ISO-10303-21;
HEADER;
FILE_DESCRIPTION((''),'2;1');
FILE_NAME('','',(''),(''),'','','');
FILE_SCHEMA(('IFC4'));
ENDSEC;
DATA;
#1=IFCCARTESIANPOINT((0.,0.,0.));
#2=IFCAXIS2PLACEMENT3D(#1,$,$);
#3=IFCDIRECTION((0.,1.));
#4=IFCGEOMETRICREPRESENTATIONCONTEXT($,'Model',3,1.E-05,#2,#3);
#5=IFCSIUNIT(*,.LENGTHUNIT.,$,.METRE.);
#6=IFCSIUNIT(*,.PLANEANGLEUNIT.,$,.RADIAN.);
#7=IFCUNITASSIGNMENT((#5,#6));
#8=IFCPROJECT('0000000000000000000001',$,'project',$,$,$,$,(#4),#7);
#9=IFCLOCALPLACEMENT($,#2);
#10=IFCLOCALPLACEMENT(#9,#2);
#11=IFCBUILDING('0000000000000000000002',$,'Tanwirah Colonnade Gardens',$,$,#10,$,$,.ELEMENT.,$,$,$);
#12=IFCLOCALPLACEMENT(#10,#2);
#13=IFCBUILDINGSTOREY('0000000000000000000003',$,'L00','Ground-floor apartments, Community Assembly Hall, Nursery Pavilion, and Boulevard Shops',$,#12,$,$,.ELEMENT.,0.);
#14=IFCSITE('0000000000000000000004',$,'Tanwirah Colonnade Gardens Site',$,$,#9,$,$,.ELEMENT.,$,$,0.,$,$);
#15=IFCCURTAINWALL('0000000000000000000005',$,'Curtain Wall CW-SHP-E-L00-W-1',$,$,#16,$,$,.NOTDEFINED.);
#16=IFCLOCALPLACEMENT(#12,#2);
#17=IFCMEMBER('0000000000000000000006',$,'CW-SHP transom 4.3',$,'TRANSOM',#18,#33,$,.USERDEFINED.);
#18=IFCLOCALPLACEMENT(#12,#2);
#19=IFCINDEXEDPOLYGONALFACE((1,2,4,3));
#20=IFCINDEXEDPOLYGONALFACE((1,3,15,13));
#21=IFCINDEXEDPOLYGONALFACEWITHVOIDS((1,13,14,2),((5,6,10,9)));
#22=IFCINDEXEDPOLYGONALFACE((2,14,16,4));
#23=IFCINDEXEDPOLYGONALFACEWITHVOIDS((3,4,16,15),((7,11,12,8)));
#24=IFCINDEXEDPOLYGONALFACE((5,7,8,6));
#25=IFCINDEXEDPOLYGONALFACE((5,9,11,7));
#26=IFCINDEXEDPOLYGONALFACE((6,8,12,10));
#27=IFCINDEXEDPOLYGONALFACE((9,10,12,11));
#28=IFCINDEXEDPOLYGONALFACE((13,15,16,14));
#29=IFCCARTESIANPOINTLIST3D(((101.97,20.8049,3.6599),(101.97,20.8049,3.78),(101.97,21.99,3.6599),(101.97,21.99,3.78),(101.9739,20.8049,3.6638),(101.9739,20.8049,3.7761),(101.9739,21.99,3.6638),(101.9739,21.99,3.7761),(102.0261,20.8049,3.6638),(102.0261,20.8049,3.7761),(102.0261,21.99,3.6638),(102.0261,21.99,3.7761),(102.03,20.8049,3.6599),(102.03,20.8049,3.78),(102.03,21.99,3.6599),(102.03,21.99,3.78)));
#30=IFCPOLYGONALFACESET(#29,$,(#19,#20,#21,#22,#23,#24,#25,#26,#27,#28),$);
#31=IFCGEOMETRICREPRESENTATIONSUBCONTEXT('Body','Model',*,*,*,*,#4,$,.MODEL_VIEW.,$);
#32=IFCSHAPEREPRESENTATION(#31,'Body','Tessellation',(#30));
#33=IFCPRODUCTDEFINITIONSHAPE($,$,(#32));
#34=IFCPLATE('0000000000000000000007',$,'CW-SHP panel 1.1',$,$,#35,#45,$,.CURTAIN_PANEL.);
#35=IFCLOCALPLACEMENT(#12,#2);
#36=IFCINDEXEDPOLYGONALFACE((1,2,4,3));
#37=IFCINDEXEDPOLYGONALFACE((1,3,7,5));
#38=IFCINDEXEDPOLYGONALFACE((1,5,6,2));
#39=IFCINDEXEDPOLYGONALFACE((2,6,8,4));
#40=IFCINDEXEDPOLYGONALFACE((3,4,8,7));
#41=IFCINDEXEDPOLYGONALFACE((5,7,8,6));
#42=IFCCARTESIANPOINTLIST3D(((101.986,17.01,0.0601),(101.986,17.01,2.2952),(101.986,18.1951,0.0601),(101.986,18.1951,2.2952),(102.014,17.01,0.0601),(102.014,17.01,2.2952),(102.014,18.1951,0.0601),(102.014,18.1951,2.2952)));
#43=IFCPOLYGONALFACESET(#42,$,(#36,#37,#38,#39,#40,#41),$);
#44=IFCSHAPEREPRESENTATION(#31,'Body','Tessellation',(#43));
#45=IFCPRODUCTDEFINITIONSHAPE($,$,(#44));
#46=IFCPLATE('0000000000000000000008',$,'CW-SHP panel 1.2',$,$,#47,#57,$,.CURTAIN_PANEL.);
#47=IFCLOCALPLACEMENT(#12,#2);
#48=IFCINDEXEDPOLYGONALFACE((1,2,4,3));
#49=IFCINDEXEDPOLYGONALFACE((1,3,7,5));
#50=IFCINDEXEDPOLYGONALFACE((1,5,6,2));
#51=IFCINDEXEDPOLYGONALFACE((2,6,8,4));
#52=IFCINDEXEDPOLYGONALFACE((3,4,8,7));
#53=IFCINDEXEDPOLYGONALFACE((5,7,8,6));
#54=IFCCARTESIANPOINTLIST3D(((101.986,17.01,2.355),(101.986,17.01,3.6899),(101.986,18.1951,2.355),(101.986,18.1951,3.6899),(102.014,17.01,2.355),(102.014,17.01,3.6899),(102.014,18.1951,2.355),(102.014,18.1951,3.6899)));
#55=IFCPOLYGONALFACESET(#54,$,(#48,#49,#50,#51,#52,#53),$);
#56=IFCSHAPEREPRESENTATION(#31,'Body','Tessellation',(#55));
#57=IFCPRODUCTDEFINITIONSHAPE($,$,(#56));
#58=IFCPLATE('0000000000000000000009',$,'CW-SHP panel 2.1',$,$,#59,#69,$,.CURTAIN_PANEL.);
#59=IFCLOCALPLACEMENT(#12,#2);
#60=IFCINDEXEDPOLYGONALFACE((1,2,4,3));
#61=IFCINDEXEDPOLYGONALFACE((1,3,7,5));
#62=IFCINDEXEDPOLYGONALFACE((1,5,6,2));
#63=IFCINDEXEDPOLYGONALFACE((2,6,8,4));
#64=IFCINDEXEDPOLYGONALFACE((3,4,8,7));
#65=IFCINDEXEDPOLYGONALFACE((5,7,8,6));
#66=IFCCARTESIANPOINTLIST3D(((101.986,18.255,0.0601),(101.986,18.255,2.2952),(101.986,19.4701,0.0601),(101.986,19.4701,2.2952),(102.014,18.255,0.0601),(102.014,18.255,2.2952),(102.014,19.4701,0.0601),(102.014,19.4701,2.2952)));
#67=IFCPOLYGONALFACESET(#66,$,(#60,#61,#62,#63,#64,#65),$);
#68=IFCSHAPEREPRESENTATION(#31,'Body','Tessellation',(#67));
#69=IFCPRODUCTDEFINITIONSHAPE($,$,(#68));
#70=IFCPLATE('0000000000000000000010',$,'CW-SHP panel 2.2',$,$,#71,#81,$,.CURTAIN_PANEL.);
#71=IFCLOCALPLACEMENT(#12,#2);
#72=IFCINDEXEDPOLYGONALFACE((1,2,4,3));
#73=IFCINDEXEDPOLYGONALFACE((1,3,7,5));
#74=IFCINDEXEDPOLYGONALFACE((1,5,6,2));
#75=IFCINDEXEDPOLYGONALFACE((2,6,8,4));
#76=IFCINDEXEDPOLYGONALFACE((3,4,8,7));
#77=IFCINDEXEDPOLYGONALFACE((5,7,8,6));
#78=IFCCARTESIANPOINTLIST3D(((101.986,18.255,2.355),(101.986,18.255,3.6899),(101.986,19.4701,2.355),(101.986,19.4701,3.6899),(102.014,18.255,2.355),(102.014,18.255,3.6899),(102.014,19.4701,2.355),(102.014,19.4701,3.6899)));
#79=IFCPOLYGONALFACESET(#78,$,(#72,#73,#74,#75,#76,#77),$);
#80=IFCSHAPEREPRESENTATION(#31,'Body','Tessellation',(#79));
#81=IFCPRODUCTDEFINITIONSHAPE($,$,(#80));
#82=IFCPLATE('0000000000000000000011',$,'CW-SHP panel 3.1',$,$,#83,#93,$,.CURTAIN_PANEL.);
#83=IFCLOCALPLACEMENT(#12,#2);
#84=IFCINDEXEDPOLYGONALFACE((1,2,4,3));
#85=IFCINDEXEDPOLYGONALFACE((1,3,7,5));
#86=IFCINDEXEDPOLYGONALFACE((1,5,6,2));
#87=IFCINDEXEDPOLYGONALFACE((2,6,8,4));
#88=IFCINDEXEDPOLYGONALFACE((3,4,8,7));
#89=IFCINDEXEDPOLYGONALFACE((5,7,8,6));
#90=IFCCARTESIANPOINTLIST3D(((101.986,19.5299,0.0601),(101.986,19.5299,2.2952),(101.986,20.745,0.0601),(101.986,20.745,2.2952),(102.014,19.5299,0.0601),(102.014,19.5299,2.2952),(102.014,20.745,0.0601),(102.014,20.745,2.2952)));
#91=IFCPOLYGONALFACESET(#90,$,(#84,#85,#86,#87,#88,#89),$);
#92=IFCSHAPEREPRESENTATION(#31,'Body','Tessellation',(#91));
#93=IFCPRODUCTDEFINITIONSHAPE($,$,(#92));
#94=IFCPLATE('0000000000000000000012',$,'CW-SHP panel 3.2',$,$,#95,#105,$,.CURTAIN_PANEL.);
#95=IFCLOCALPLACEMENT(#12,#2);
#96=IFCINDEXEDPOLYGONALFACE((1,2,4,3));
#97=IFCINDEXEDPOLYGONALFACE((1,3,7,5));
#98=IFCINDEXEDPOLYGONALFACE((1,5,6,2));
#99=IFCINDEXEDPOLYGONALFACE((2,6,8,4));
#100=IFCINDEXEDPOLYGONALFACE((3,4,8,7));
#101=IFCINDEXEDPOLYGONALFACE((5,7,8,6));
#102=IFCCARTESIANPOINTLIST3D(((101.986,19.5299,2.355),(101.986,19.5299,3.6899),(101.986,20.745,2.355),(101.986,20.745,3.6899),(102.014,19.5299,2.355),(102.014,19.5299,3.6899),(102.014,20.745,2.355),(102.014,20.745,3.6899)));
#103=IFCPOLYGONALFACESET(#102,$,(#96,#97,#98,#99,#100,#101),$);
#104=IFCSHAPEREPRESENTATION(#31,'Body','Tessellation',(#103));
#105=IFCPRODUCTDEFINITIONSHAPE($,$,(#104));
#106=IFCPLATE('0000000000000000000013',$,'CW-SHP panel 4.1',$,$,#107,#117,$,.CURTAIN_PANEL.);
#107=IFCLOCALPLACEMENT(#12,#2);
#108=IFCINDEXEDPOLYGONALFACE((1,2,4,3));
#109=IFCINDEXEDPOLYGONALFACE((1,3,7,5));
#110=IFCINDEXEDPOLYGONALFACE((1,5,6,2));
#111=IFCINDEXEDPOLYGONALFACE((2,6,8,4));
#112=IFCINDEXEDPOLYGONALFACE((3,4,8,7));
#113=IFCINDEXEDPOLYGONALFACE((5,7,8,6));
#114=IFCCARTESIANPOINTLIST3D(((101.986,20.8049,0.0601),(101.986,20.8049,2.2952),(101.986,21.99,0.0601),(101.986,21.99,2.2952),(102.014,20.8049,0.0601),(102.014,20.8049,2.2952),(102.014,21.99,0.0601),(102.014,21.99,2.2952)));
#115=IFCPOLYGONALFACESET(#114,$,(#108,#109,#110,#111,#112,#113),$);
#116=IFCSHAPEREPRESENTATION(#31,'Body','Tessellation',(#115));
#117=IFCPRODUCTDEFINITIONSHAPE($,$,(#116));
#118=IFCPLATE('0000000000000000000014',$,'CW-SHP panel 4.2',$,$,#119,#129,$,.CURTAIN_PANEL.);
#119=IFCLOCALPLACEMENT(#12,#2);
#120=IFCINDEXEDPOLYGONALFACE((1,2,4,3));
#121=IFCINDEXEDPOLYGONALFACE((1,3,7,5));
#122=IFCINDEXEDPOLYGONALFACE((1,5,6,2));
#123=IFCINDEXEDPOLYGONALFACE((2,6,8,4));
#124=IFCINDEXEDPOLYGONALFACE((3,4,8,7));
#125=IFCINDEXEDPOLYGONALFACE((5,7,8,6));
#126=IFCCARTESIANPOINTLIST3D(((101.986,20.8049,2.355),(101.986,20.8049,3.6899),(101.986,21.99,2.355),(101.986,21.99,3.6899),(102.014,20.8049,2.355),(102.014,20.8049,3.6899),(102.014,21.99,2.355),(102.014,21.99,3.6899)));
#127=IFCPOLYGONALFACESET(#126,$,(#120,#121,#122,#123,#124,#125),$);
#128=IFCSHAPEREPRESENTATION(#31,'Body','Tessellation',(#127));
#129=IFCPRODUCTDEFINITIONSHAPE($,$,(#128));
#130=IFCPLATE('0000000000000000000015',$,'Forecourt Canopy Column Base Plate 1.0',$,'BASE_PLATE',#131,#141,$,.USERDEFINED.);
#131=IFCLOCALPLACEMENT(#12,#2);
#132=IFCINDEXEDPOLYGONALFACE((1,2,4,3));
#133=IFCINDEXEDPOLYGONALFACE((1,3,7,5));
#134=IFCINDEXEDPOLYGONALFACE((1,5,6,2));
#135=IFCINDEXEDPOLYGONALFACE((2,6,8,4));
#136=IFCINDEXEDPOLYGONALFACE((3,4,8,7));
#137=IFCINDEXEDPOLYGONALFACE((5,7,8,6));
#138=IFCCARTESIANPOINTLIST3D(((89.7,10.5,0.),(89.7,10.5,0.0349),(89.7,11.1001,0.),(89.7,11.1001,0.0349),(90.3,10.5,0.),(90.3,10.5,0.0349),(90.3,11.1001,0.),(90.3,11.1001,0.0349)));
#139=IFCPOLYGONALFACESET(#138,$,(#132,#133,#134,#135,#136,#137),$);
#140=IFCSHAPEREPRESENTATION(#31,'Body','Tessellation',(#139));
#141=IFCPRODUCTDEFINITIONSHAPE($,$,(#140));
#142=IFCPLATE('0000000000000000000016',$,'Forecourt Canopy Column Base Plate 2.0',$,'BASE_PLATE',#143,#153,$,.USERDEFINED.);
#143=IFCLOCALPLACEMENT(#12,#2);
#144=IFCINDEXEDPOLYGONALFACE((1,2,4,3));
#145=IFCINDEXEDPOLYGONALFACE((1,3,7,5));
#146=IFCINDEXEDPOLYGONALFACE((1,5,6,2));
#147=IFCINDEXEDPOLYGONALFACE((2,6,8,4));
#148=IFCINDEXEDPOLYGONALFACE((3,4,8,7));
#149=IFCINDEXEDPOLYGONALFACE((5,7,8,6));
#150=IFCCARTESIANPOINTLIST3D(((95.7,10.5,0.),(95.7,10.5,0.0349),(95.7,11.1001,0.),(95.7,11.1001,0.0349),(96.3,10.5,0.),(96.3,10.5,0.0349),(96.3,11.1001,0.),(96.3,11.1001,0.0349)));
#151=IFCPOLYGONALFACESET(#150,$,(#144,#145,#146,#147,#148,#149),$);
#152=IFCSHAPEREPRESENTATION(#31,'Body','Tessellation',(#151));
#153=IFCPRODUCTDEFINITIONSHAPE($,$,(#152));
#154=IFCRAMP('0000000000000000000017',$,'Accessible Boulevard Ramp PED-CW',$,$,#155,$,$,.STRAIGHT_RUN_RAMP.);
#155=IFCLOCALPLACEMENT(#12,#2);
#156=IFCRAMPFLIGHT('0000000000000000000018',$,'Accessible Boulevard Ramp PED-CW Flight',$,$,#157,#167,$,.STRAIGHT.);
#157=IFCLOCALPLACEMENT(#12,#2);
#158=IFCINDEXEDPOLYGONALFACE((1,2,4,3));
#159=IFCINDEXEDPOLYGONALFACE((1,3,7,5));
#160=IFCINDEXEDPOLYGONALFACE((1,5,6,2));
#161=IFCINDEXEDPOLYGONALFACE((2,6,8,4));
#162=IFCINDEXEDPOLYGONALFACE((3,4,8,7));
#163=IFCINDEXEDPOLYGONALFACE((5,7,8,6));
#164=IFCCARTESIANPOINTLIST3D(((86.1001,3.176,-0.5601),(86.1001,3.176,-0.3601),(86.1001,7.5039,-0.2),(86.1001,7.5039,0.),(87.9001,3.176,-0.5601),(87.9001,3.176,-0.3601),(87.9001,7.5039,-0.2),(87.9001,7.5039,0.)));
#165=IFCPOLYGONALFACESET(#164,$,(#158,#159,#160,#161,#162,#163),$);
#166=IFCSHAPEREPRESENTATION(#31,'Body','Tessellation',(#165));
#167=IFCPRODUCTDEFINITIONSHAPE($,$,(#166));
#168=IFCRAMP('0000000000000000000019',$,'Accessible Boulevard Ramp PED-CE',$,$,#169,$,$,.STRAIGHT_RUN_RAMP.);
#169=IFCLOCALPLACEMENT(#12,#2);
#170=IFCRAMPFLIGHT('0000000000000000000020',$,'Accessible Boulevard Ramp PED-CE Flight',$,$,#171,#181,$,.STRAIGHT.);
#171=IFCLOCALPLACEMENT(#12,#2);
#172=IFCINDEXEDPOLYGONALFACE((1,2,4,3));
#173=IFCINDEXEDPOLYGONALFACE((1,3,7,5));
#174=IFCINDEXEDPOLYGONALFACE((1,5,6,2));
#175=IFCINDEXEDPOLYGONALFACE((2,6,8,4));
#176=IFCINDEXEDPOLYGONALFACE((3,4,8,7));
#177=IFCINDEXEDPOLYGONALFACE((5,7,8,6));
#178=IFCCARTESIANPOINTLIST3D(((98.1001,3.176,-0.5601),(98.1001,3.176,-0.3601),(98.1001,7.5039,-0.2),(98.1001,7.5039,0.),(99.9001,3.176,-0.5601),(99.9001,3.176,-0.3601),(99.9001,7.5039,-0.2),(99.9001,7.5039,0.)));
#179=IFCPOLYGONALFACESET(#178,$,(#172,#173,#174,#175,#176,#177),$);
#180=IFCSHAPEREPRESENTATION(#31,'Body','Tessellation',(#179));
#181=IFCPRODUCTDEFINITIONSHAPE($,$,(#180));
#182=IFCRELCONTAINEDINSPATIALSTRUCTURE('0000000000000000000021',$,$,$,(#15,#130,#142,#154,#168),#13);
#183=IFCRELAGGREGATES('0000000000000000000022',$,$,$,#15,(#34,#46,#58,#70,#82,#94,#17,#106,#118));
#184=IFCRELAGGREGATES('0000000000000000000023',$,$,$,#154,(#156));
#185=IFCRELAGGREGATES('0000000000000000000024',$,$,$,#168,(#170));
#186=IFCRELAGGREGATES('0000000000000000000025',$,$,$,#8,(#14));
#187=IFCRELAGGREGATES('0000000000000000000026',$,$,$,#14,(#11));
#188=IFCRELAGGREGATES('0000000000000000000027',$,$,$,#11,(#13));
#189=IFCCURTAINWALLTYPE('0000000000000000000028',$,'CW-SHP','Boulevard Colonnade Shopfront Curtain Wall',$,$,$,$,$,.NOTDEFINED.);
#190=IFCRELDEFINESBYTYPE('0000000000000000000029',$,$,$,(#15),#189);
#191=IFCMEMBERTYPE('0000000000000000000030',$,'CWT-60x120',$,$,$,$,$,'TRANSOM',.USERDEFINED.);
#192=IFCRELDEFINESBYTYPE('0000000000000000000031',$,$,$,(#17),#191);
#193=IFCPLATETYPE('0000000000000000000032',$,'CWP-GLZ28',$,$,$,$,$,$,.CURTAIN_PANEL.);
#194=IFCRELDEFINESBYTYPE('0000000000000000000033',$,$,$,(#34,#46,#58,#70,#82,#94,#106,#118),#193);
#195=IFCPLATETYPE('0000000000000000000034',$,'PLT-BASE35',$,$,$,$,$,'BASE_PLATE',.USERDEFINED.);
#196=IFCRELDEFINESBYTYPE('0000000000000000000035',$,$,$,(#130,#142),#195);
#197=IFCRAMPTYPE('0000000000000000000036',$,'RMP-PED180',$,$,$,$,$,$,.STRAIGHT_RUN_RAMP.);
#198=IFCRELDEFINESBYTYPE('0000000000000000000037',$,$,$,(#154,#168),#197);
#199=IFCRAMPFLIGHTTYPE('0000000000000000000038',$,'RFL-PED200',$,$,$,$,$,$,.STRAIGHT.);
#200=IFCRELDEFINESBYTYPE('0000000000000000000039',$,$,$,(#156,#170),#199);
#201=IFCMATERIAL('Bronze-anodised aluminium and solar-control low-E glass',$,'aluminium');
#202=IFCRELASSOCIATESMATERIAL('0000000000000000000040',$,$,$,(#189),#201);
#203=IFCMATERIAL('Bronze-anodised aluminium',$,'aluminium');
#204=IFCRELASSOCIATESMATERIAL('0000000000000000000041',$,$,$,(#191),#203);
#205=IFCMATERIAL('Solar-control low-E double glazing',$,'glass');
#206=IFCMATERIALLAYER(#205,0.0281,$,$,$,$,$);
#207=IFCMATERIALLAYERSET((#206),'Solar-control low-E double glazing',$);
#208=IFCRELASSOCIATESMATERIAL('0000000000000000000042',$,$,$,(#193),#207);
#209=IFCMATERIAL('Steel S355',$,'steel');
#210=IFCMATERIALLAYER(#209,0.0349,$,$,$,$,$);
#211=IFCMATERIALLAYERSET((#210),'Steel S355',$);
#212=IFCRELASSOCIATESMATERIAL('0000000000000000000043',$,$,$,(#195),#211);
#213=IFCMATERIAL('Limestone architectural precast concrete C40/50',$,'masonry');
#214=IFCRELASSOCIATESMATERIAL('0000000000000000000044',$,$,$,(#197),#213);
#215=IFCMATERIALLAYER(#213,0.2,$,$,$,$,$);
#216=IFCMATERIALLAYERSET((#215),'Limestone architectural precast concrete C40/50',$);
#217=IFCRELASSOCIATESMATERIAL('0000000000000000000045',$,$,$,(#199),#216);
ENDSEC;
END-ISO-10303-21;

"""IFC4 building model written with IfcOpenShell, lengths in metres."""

from ifc_helpers import new_model, si_unit, direction, frame, origin, origin_2d, place, context, subcontext, project, spatial, polyline, rectangle, hollow_rectangle, outline, extrude, material, layer, layer_set, material_profile, profile_set, type_object, element, aggregate, save


model = new_model("IFC4")

# Units and contexts
model_context = context("Model", 3, precision=1e-05, world=origin(), true_north=direction((0.0, 1.0)))
body_context = subcontext(model_context, "Body", "Model", "MODEL_VIEW")
ifc_project = project(units=[si_unit("LENGTHUNIT", "METRE"), si_unit("PLANEANGLEUNIT", "RADIAN")], contexts=[model_context])

# Site, building, storey
site_placement = place(None, origin())
site = spatial("IfcSite", under=ifc_project, at=site_placement, Name="Tanwirah Colonnade Gardens Site", CompositionType="ELEMENT", RefElevation=0.0)
building_placement = place(site_placement, origin())
building = spatial("IfcBuilding", under=site, at=building_placement, Name="Tanwirah Colonnade Gardens", CompositionType="ELEMENT")
storey_placement = place(building_placement, origin())
storey = spatial("IfcBuildingStorey", under=building, at=storey_placement, Name="L00", Description="Ground-floor apartments, Community Assembly Hall, Nursery Pavilion, and Boulevard Shops", CompositionType="ELEMENT", Elevation=0.0)

# Shared definitions
ifc_material_1 = material(Name="Steel S355", Category="steel")

# Curtain wall, member, plates
ifc_material_2 = material(Name="Bronze-anodised aluminium and solar-control low-E glass", Category="aluminium")
curtain_wall_type = type_object("IfcCurtainWallType", Name="CW-SHP", Description="Boulevard Colonnade Shopfront Curtain Wall", PredefinedType="NOTDEFINED", material=ifc_material_2)
curtain_wall_placement = place(storey_placement, origin())
curtain_wall = element("IfcCurtainWall", 1, at=curtain_wall_placement, inside=storey, type_object=curtain_wall_type, Name="Curtain Wall CW-SHP-E-L00-W-1", PredefinedType="NOTDEFINED")
ifc_material_3 = material(Name="Bronze-anodised aluminium", Category="aluminium")
ifc_material_profile_1 = material_profile(ifc_material_3, hollow_rectangle(XDim=0.0601, YDim=0.1201, WallThickness=0.0039, at=origin_2d()), Name="CW-TRN 60x120x4")
ifc_profile_set_1 = profile_set([ifc_material_profile_1], Name="Bronze-anodised aluminium")
member_type_1 = type_object("IfcMemberType", Name="CWT-60x120", ElementType="TRANSOM", PredefinedType="USERDEFINED", material=ifc_profile_set_1)
member_1_placement = place(storey_placement, frame((102.0, 20.8049, 3.72), z_axis=(0.0, 1.0, 0.0), x_axis=(-1.0, 0.0, 0.0)))
member_1 = element("IfcMember", 2, at=member_1_placement, type_object=member_type_1, Name="CW-SHP transom 4.3", ObjectType="TRANSOM", PredefinedType="USERDEFINED", context=body_context, shape_type="SweptSolid", body=[
    extrude(hollow_rectangle(XDim=0.0601, YDim=0.1201, WallThickness=0.0039, at=origin_2d()), origin(), (0.0, 0.0, 1.0), 1.1851),
])
ifc_material_4 = material(Name="Solar-control low-E double glazing", Category="glass")
ifc_layer_1 = layer(ifc_material_4, 0.0281)
ifc_layer_set_1 = layer_set([ifc_layer_1], Name="Solar-control low-E double glazing")
plate_type_1 = type_object("IfcPlateType", Name="CWP-GLZ28", PredefinedType="CURTAIN_PANEL", material=ifc_layer_set_1)
plate_1_placement = place(storey_placement, frame((102.0, 17.6025, 0.0601), z_axis=(0.0, 0.0, 1.0), x_axis=(0.0, 1.0, 0.0)))
plate_1 = element("IfcPlate", 3, at=plate_1_placement, type_object=plate_type_1, Name="CW-SHP panel 1.1", PredefinedType="CURTAIN_PANEL", context=body_context, shape_type="SweptSolid", body=[
    extrude(rectangle(XDim=1.1851, YDim=0.0281, at=origin_2d()), origin(), (0.0, 0.0, 1.0), 2.2351),
])
plate_2_placement = place(storey_placement, frame((102.0, 17.6025, 2.355), z_axis=(0.0, 0.0, 1.0), x_axis=(0.0, 1.0, 0.0)))
plate_2 = element("IfcPlate", 4, at=plate_2_placement, type_object=plate_type_1, Name="CW-SHP panel 1.2", PredefinedType="CURTAIN_PANEL", context=body_context, shape_type="SweptSolid", body=[
    extrude(rectangle(XDim=1.1851, YDim=0.0281, at=origin_2d()), origin(), (0.0, 0.0, 1.0), 1.335),
])
plate_3_placement = place(storey_placement, frame((102.0, 18.8625, 0.0601), z_axis=(0.0, 0.0, 1.0), x_axis=(0.0, 1.0, 0.0)))
plate_3 = element("IfcPlate", 5, at=plate_3_placement, type_object=plate_type_1, Name="CW-SHP panel 2.1", PredefinedType="CURTAIN_PANEL", context=body_context, shape_type="SweptSolid", body=[
    extrude(rectangle(XDim=1.2151, YDim=0.0281, at=origin_2d()), origin(), (0.0, 0.0, 1.0), 2.2351),
])
plate_4_placement = place(storey_placement, frame((102.0, 18.8625, 2.355), z_axis=(0.0, 0.0, 1.0), x_axis=(0.0, 1.0, 0.0)))
plate_4 = element("IfcPlate", 6, at=plate_4_placement, type_object=plate_type_1, Name="CW-SHP panel 2.2", PredefinedType="CURTAIN_PANEL", context=body_context, shape_type="SweptSolid", body=[
    extrude(rectangle(XDim=1.2151, YDim=0.0281, at=origin_2d()), origin(), (0.0, 0.0, 1.0), 1.335),
])
plate_5_placement = place(storey_placement, frame((102.0, 20.1375, 0.0601), z_axis=(0.0, 0.0, 1.0), x_axis=(0.0, 1.0, 0.0)))
plate_5 = element("IfcPlate", 7, at=plate_5_placement, type_object=plate_type_1, Name="CW-SHP panel 3.1", PredefinedType="CURTAIN_PANEL", context=body_context, shape_type="SweptSolid", body=[
    extrude(rectangle(XDim=1.2151, YDim=0.0281, at=origin_2d()), origin(), (0.0, 0.0, 1.0), 2.2351),
])
plate_6_placement = place(storey_placement, frame((102.0, 20.1375, 2.355), z_axis=(0.0, 0.0, 1.0), x_axis=(0.0, 1.0, 0.0)))
plate_6 = element("IfcPlate", 8, at=plate_6_placement, type_object=plate_type_1, Name="CW-SHP panel 3.2", PredefinedType="CURTAIN_PANEL", context=body_context, shape_type="SweptSolid", body=[
    extrude(rectangle(XDim=1.2151, YDim=0.0281, at=origin_2d()), origin(), (0.0, 0.0, 1.0), 1.335),
])
plate_7_placement = place(storey_placement, frame((102.0, 21.3975, 0.0601), z_axis=(0.0, 0.0, 1.0), x_axis=(0.0, 1.0, 0.0)))
plate_7 = element("IfcPlate", 9, at=plate_7_placement, type_object=plate_type_1, Name="CW-SHP panel 4.1", PredefinedType="CURTAIN_PANEL", context=body_context, shape_type="SweptSolid", body=[
    extrude(rectangle(XDim=1.1851, YDim=0.0281, at=origin_2d()), origin(), (0.0, 0.0, 1.0), 2.2351),
])
plate_8_placement = place(storey_placement, frame((102.0, 21.3975, 2.355), z_axis=(0.0, 0.0, 1.0), x_axis=(0.0, 1.0, 0.0)))
plate_8 = element("IfcPlate", 10, at=plate_8_placement, type_object=plate_type_1, Name="CW-SHP panel 4.2", PredefinedType="CURTAIN_PANEL", context=body_context, shape_type="SweptSolid", body=[
    extrude(rectangle(XDim=1.1851, YDim=0.0281, at=origin_2d()), origin(), (0.0, 0.0, 1.0), 1.335),
])
aggregate(curtain_wall, [plate_1, plate_2, plate_3, plate_4, plate_5, plate_6, member_1, plate_7, plate_8])

# Plates
ifc_layer_2 = layer(ifc_material_1, 0.0349)
ifc_layer_set_2 = layer_set([ifc_layer_2], Name="Steel S355")
plate_type_2 = type_object("IfcPlateType", Name="PLT-BASE35", ElementType="BASE_PLATE", PredefinedType="USERDEFINED", material=ifc_layer_set_2)
for number, where, z_axis, x_axis, name in (
    (11, (90.0, 10.8, 0.0), (0.0, 0.0, 1.0), (1.0, 0.0, 0.0), "Forecourt Canopy Column Base Plate 1.0"),
    (12, (96.0, 10.8, 0.0), (0.0, 0.0, 1.0), (1.0, 0.0, 0.0), "Forecourt Canopy Column Base Plate 2.0"),
):
    element("IfcPlate", number, at=place(storey_placement, frame(where, z_axis=z_axis, x_axis=x_axis)), inside=storey, type_object=plate_type_2, Name=name, ObjectType="BASE_PLATE", PredefinedType="USERDEFINED", context=body_context, shape_type="SweptSolid", body=[
        extrude(rectangle(XDim=0.6001, YDim=0.6001, at=origin_2d()), origin(), (0.0, 0.0, 1.0), 0.0349),
    ])

# Ramps, ramp flights
ifc_material_5 = material(Name="Limestone architectural precast concrete C40/50", Category="masonry")
ramp_type = type_object("IfcRampType", Name="RMP-PED180", PredefinedType="STRAIGHT_RUN_RAMP", material=ifc_material_5)
ramp_1_placement = place(storey_placement, origin())
ramp_1 = element("IfcRamp", 13, at=ramp_1_placement, inside=storey, type_object=ramp_type, Name="Accessible Boulevard Ramp PED-CW", PredefinedType="STRAIGHT_RUN_RAMP")
ifc_layer_3 = layer(ifc_material_5, 0.2)
ifc_layer_set_3 = layer_set([ifc_layer_3], Name="Limestone architectural precast concrete C40/50")
ramp_flight_type = type_object("IfcRampFlightType", Name="RFL-PED200", PredefinedType="STRAIGHT", material=ifc_layer_set_3)
ramp_flight_1_placement = place(storey_placement, frame((87.0, 3.176, -0.3601), z_axis=(0.0, 0.0, 1.0), x_axis=(0.0, 1.0, 0.0)))
ramp_flight_1 = element("IfcRampFlight", 14, at=ramp_flight_1_placement, type_object=ramp_flight_type, Name="Accessible Boulevard Ramp PED-CW Flight", PredefinedType="STRAIGHT", context=body_context, shape_type="SweptSolid", body=[
    extrude(outline(polyline([(0.0, 0.0), (4.3279, 0.3601), (4.3279, 0.1602), (0.0, -0.2), (0.0, 0.0)])), frame((0.0, 0.8999, 0.0), z_axis=(0.0, -1.0, 0.0), x_axis=(1.0, 0.0, 0.0)), (0.0, 0.0, 1.0), 1.8),
])
aggregate(ramp_1, [ramp_flight_1])
ramp_2_placement = place(storey_placement, origin())
ramp_2 = element("IfcRamp", 15, at=ramp_2_placement, inside=storey, type_object=ramp_type, Name="Accessible Boulevard Ramp PED-CE", PredefinedType="STRAIGHT_RUN_RAMP")
ramp_flight_2_placement = place(storey_placement, frame((99.0, 3.176, -0.3601), z_axis=(0.0, 0.0, 1.0), x_axis=(0.0, 1.0, 0.0)))
ramp_flight_2 = element("IfcRampFlight", 16, at=ramp_flight_2_placement, type_object=ramp_flight_type, Name="Accessible Boulevard Ramp PED-CE Flight", PredefinedType="STRAIGHT", context=body_context, shape_type="SweptSolid", body=[
    extrude(outline(polyline([(0.0, 0.0), (4.3279, 0.3601), (4.3279, 0.1602), (0.0, -0.2), (0.0, 0.0)])), frame((0.0, 0.8999, 0.0), z_axis=(0.0, -1.0, 0.0), x_axis=(1.0, 0.0, 0.0)), (0.0, 0.0, 1.0), 1.8),
])
aggregate(ramp_2, [ramp_flight_2])

save(model, "model.ifc")
